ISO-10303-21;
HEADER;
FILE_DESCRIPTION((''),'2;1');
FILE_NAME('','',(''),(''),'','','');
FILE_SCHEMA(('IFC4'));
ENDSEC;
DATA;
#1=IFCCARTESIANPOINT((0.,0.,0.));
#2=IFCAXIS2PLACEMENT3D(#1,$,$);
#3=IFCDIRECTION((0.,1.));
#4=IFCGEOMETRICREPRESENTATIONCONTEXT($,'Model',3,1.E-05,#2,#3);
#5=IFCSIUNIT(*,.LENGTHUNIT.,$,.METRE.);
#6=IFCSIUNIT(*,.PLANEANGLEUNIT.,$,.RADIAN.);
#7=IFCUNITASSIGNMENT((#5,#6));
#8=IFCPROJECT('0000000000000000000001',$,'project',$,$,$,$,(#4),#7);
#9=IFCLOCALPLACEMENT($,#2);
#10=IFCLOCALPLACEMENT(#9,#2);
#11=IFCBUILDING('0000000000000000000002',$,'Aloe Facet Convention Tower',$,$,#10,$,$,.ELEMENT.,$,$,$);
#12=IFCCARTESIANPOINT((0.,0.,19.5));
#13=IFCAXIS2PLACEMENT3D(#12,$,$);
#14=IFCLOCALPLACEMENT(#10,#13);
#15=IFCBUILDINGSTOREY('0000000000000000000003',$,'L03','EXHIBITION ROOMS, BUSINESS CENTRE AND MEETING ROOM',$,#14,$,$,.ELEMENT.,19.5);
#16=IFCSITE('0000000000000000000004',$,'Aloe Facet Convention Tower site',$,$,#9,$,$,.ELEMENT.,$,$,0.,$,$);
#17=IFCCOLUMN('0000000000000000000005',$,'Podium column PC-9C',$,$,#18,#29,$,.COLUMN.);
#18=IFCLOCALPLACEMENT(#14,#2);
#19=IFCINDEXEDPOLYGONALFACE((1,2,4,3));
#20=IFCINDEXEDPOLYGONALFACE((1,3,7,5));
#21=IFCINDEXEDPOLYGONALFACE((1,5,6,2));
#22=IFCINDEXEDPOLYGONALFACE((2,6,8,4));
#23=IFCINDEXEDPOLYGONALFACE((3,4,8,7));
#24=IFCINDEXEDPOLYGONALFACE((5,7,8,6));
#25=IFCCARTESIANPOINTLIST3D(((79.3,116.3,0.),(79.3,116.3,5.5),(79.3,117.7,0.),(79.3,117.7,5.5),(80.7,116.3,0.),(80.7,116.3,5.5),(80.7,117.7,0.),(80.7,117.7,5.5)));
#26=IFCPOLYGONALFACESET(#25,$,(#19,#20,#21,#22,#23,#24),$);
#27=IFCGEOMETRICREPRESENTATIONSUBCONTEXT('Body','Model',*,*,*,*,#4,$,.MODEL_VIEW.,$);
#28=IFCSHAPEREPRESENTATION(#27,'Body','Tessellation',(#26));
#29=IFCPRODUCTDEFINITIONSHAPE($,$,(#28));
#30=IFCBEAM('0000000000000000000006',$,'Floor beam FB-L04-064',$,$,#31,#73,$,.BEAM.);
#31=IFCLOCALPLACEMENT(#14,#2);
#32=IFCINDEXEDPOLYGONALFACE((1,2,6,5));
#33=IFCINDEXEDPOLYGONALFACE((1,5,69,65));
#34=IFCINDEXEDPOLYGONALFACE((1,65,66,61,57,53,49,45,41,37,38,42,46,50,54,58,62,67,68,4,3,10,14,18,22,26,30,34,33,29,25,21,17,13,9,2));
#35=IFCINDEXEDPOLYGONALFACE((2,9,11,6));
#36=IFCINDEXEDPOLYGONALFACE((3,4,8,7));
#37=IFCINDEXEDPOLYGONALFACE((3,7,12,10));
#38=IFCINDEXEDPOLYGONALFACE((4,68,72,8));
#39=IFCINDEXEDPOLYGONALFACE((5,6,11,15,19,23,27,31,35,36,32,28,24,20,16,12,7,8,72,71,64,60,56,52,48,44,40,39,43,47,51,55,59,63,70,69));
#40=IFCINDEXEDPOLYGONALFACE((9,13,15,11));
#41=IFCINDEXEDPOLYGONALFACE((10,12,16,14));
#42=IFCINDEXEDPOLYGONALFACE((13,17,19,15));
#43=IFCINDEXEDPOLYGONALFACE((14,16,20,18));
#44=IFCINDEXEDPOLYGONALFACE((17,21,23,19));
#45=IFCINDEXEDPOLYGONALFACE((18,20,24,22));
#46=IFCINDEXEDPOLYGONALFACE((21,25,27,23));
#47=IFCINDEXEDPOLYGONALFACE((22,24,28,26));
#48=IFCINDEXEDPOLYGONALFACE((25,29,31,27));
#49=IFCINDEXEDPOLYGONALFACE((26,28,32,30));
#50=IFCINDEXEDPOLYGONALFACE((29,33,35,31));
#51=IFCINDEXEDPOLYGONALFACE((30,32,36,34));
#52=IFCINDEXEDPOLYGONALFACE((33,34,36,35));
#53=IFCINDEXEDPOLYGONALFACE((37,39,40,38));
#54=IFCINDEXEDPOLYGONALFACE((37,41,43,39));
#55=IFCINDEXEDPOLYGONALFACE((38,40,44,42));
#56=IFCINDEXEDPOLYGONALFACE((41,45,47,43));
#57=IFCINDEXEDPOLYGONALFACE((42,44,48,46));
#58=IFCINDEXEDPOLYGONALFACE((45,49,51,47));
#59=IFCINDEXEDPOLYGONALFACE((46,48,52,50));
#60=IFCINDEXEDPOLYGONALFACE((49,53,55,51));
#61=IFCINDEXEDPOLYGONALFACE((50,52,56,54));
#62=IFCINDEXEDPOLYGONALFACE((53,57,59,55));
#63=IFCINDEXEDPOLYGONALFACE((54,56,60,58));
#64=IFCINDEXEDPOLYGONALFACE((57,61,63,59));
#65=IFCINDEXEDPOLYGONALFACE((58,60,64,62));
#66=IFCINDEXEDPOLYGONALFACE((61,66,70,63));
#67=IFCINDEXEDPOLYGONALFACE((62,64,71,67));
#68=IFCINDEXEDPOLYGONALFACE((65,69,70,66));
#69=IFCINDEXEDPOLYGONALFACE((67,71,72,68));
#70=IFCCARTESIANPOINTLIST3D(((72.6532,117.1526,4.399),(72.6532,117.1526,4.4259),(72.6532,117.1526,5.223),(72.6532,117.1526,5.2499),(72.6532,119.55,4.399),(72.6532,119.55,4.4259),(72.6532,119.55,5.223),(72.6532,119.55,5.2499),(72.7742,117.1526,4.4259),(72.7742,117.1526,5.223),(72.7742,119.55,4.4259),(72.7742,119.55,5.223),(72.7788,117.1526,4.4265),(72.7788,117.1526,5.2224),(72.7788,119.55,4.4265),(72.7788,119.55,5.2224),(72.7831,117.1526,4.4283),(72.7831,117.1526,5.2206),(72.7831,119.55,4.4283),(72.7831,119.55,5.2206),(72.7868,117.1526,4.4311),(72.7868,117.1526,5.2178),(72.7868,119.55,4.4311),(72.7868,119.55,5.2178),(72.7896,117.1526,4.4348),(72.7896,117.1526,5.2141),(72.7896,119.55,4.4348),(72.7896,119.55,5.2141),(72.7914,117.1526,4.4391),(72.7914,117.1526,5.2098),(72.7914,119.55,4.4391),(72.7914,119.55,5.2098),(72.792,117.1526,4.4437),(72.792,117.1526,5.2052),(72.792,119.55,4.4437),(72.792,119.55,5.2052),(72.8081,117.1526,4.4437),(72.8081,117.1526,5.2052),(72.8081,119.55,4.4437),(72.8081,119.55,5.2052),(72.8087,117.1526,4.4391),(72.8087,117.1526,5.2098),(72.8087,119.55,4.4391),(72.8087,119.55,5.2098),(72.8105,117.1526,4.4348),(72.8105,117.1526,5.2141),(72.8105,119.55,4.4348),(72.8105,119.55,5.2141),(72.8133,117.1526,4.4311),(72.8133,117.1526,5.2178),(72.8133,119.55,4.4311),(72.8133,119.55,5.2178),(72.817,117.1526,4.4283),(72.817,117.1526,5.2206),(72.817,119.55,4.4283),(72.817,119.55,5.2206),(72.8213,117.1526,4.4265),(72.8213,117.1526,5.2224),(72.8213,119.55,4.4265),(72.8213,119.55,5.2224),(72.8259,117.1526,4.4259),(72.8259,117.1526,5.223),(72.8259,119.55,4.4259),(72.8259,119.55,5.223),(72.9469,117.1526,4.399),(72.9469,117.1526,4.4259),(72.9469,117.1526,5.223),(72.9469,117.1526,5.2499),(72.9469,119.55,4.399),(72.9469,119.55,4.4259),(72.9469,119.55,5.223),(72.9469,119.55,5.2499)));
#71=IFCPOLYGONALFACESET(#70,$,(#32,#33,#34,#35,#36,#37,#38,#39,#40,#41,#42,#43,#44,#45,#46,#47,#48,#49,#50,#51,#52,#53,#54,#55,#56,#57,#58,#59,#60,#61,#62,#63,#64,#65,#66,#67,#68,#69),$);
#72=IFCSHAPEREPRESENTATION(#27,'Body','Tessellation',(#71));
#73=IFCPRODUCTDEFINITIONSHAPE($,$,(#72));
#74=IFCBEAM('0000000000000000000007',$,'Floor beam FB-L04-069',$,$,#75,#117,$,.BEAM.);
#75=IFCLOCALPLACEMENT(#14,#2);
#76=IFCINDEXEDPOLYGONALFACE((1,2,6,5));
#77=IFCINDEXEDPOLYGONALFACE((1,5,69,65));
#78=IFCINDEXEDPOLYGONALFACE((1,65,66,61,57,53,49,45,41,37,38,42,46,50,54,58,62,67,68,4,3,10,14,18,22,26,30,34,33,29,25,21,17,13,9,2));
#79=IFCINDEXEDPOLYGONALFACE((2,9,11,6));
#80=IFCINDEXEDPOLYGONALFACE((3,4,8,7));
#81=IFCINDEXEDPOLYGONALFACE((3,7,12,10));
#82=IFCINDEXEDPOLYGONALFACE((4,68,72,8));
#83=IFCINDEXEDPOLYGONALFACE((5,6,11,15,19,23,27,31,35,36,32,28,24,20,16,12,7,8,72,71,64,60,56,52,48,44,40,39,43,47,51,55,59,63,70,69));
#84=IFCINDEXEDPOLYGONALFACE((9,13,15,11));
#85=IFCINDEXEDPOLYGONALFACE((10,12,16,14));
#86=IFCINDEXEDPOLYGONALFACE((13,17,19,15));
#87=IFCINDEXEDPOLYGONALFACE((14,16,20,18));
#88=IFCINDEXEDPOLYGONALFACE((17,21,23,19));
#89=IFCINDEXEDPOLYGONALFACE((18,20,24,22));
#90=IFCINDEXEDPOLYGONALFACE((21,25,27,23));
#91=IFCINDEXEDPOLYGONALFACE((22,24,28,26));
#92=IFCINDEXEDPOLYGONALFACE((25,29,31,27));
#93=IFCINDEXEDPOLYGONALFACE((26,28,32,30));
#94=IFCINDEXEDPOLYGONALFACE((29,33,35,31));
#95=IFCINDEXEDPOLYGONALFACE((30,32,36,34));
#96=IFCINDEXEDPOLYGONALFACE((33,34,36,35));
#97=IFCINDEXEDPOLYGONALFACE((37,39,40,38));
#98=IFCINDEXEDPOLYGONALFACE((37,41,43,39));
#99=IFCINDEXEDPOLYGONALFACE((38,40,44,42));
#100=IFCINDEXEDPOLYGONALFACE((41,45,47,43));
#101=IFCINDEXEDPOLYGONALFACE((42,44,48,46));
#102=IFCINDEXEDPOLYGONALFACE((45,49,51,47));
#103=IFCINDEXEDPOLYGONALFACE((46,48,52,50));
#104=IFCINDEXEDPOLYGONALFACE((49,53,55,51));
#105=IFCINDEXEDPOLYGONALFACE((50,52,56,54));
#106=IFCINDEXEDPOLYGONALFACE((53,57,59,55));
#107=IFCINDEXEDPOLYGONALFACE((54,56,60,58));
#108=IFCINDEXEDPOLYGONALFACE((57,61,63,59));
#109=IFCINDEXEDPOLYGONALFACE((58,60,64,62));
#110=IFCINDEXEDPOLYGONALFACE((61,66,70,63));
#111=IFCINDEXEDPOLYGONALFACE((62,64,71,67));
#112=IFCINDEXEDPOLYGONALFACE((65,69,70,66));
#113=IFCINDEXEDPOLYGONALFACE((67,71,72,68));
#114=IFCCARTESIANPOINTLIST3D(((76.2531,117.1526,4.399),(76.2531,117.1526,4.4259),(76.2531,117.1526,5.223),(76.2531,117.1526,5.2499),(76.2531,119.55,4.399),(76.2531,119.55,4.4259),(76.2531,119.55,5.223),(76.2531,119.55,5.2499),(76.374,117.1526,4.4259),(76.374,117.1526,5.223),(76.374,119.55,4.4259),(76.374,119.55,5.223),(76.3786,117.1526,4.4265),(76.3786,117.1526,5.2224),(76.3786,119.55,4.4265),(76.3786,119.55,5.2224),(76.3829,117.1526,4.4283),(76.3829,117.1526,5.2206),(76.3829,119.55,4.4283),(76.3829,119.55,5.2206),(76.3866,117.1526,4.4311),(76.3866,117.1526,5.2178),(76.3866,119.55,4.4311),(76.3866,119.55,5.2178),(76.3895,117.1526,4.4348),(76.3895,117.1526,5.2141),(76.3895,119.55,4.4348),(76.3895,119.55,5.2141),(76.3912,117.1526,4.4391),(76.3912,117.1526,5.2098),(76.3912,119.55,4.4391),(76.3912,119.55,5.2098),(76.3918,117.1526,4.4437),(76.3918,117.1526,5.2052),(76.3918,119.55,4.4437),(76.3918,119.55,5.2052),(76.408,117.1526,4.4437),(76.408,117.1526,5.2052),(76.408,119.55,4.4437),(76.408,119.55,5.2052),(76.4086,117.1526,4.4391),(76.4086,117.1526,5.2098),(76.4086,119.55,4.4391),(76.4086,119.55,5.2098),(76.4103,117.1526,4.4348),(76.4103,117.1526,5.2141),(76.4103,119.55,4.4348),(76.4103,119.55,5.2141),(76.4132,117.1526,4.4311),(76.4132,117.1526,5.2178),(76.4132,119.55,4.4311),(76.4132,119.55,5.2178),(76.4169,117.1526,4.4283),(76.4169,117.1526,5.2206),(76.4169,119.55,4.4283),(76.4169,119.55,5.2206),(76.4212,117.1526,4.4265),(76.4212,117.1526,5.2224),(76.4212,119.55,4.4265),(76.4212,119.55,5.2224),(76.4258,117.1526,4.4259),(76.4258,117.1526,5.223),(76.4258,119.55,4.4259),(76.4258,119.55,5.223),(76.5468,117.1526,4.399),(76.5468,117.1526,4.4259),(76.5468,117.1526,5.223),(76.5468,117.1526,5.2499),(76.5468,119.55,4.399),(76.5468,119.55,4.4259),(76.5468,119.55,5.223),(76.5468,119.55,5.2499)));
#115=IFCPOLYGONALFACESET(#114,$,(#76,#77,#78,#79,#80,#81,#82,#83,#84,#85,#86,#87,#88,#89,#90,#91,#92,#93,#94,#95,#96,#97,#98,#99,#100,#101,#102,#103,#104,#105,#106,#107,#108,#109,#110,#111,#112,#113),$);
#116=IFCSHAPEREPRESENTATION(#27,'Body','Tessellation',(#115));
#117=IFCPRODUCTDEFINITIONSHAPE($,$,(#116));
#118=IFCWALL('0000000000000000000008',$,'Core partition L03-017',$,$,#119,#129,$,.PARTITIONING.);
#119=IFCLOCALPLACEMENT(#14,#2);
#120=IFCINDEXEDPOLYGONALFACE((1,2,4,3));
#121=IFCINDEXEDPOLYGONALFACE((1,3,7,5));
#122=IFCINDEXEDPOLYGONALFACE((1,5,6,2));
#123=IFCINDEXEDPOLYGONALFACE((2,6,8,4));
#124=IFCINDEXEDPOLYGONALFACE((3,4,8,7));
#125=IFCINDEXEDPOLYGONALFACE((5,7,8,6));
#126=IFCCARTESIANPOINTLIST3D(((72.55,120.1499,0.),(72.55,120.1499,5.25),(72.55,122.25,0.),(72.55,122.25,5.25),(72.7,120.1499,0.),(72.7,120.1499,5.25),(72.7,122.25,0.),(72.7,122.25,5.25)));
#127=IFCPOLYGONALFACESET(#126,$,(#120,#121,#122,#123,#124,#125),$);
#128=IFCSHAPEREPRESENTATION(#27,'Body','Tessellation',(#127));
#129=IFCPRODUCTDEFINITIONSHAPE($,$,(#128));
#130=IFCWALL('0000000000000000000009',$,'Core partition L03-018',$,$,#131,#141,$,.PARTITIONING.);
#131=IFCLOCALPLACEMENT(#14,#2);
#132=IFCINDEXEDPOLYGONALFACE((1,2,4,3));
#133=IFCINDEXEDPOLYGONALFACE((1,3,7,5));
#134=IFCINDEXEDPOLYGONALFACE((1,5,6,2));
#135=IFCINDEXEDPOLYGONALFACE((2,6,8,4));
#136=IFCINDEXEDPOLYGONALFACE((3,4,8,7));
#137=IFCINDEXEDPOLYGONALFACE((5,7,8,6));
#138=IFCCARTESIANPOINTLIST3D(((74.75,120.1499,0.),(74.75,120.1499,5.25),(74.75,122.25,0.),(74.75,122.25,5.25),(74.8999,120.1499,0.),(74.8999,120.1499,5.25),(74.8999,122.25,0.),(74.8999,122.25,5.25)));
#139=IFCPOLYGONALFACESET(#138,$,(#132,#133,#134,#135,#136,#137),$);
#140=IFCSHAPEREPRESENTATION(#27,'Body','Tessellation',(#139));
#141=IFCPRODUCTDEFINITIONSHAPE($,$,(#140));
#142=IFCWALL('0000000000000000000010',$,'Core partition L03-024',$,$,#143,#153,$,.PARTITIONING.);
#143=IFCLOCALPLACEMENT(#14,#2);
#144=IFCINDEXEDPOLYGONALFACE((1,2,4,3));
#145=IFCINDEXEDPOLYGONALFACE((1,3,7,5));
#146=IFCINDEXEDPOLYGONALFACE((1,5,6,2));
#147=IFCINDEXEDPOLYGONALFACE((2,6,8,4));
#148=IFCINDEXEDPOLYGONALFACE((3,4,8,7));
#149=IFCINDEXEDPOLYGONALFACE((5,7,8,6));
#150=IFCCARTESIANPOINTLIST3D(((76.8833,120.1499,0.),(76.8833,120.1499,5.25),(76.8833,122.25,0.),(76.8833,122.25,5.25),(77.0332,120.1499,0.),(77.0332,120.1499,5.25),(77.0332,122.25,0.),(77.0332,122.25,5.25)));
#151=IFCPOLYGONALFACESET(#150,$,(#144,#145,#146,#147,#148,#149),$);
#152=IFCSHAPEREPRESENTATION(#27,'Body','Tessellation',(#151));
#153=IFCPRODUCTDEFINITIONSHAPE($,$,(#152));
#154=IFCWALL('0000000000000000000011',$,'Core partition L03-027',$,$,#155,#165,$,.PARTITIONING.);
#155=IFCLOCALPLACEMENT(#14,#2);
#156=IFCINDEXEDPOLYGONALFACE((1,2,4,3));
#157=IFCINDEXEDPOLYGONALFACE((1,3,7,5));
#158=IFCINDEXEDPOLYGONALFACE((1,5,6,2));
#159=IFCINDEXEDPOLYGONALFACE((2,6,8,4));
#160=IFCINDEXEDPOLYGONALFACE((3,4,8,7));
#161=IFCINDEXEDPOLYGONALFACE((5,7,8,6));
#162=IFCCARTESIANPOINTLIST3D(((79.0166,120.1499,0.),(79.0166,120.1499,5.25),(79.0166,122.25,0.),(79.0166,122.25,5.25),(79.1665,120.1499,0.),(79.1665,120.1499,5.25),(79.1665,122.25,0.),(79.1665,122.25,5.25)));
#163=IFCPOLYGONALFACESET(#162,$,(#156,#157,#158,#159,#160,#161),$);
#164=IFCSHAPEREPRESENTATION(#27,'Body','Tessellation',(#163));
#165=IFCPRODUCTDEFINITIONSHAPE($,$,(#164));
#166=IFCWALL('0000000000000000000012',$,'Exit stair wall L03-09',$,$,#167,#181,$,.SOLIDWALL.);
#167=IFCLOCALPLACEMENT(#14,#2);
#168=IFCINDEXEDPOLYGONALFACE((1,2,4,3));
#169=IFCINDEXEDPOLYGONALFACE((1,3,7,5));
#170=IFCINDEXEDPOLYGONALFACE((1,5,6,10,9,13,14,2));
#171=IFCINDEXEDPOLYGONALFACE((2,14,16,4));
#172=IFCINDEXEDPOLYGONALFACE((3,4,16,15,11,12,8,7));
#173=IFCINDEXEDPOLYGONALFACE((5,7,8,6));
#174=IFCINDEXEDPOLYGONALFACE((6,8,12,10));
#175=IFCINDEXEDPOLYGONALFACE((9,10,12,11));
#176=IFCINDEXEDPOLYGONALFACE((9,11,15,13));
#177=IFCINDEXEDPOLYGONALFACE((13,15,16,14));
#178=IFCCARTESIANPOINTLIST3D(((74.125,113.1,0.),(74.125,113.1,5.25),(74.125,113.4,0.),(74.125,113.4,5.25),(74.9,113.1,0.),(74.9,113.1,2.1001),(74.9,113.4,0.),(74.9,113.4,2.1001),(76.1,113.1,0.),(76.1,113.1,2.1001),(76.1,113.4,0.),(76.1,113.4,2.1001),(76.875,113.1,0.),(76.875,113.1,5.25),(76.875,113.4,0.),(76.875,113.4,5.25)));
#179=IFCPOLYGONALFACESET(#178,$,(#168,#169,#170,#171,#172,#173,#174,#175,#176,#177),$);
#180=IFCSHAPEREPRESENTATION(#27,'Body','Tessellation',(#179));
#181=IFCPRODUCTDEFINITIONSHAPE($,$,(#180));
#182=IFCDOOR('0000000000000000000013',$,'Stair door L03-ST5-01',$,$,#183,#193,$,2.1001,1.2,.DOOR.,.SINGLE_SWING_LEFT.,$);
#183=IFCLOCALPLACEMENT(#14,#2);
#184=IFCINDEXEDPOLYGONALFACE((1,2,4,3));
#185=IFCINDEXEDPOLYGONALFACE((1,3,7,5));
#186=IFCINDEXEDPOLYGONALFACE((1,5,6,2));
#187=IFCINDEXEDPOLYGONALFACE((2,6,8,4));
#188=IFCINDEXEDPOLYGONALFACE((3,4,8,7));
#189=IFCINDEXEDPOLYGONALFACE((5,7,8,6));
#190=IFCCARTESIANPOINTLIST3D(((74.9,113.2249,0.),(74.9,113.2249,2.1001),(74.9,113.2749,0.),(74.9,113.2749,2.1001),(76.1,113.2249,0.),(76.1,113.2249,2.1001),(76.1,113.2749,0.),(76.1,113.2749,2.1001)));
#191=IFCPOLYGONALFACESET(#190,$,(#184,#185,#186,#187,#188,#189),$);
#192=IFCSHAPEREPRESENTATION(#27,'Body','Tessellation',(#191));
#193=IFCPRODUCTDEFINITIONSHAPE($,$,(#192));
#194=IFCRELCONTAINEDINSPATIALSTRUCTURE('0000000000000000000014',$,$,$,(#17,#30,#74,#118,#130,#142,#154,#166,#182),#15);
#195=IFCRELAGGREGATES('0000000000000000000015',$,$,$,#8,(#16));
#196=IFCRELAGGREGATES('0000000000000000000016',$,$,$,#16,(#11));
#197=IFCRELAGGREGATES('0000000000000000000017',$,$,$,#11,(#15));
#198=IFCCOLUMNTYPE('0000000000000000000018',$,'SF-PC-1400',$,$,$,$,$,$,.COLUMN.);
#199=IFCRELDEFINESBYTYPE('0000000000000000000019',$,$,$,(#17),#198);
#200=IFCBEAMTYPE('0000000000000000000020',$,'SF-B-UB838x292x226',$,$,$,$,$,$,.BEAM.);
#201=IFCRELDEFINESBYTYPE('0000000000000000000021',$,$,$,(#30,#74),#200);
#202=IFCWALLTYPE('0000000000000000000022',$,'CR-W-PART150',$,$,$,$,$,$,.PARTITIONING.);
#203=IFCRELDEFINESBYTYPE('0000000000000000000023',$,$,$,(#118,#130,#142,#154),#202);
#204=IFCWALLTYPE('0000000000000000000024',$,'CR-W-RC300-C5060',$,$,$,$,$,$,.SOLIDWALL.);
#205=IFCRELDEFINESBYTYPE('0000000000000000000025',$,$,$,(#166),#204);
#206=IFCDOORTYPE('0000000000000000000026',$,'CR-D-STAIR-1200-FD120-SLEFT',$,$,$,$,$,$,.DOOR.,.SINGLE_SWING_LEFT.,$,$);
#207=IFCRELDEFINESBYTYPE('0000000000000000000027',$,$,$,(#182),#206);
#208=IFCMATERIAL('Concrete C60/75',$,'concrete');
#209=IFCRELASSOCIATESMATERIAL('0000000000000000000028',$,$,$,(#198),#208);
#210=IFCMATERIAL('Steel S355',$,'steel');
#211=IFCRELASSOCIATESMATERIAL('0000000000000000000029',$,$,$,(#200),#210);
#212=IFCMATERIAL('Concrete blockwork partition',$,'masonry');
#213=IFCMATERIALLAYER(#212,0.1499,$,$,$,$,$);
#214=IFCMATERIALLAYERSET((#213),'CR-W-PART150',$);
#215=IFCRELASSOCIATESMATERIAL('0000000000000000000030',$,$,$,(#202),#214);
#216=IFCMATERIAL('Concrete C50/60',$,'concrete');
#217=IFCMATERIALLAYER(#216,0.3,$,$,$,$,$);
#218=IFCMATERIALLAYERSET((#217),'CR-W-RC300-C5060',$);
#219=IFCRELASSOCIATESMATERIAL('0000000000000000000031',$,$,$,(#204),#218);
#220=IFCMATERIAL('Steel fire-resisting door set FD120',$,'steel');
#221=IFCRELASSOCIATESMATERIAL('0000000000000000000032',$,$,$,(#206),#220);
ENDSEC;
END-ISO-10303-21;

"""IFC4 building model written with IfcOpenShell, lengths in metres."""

from ifc_helpers import new_model, si_unit, direction, frame, frame_2d, origin, origin_2d, place, context, subcontext, project, spatial, rectangle, i_section, extrude, material, layer, layer_set, material_profile, profile_set, type_object, element, fill, save


model = new_model("IFC4")

# Units and contexts
model_context = context("Model", 3, precision=1e-05, world=origin(), true_north=direction((0.0, 1.0)))
body_context = subcontext(model_context, "Body", "Model", "MODEL_VIEW")
ifc_project = project(units=[si_unit("LENGTHUNIT", "METRE"), si_unit("PLANEANGLEUNIT", "RADIAN")], contexts=[model_context])

# Site, building, storey
site_placement = place(None, origin())
site = spatial("IfcSite", under=ifc_project, at=site_placement, Name="Aloe Facet Convention Tower site", CompositionType="ELEMENT", RefElevation=0.0)
building_placement = place(site_placement, origin())
building = spatial("IfcBuilding", under=site, at=building_placement, Name="Aloe Facet Convention Tower", CompositionType="ELEMENT")
storey_placement = place(building_placement, frame((0.0, 0.0, 19.5)))
storey = spatial("IfcBuildingStorey", under=building, at=storey_placement, Name="L03", Description="EXHIBITION ROOMS, BUSINESS CENTRE AND MEETING ROOM", CompositionType="ELEMENT", Elevation=19.5)

# Column
ifc_material_1 = material(Name="Concrete C60/75", Category="concrete")
ifc_material_profile_1 = material_profile(ifc_material_1, rectangle(XDim=1.3999, YDim=1.3999, at=origin_2d()), Name="SF-PC-1400")
ifc_profile_set_1 = profile_set([ifc_material_profile_1], Name="Concrete C60/75")
column_type = type_object("IfcColumnType", Name="SF-PC-1400", PredefinedType="COLUMN", material=ifc_profile_set_1)
column_placement = place(storey_placement, frame((80.0, 117.0, 0.0), z_axis=(0.0, 0.0, 1.0), x_axis=(1.0, 0.0, 0.0)))
element("IfcColumn", 1, at=column_placement, inside=storey, type_object=column_type, Name="Podium column PC-9C", PredefinedType="COLUMN", context=body_context, shape_type="SweptSolid", body=[
    extrude(rectangle(XDim=1.3999, YDim=1.3999, at=origin_2d()), origin(), (0.0, 0.0, 1.0), 5.5),
])

# Beams
ifc_material_2 = material(Name="Steel S355", Category="steel")
ifc_material_profile_2 = material_profile(ifc_material_2, i_section(OverallWidth=0.2937, OverallDepth=0.8508, WebThickness=0.0161, FlangeThickness=0.0269, FilletRadius=0.0178, at=origin_2d()), Name="UB 838x292x226")
ifc_profile_set_2 = profile_set([ifc_material_profile_2], Name="Steel S355")
beam_type = type_object("IfcBeamType", Name="SF-B-UB838x292x226", PredefinedType="BEAM", material=ifc_profile_set_2)
for number, where, z_axis, x_axis, name in (
    (2, (72.8, 117.1526, 4.8245), (0.0, 1.0, 0.0), (-1.0, 0.0, 0.0), "Floor beam FB-L04-064"),
    (3, (76.3999, 117.1526, 4.8245), (0.0, 1.0, 0.0), (-1.0, 0.0, 0.0), "Floor beam FB-L04-069"),
):
    element("IfcBeam", number, at=place(storey_placement, frame(where, z_axis=z_axis, x_axis=x_axis)), inside=storey, type_object=beam_type, Name=name, PredefinedType="BEAM", context=body_context, shape_type="SweptSolid", body=[
        extrude(i_section(OverallWidth=0.2937, OverallDepth=0.8508, WebThickness=0.0161, FlangeThickness=0.0269, FilletRadius=0.0178, at=origin_2d()), origin(), (0.0, 0.0, 1.0), 2.3975),
    ])

# Walls
ifc_material_3 = material(Name="Concrete blockwork partition", Category="masonry")
ifc_layer_1 = layer(ifc_material_3, 0.1499)
ifc_layer_set_1 = layer_set([ifc_layer_1], Name="CR-W-PART150")
wall_type_1 = type_object("IfcWallType", Name="CR-W-PART150", PredefinedType="PARTITIONING", material=ifc_layer_set_1)
for number, where, z_axis, x_axis, name in (
    (4, (72.625, 122.25, 0.0), (0.0, 0.0, 1.0), (0.0, -1.0, 0.0), "Core partition L03-017"),
    (5, (74.825, 122.25, 0.0), (0.0, 0.0, 1.0), (0.0, -1.0, 0.0), "Core partition L03-018"),
    (6, (76.9583, 122.25, 0.0), (0.0, 0.0, 1.0), (0.0, -1.0, 0.0), "Core partition L03-024"),
    (7, (79.0916, 122.25, 0.0), (0.0, 0.0, 1.0), (0.0, -1.0, 0.0), "Core partition L03-027"),
):
    element("IfcWall", number, at=place(storey_placement, frame(where, z_axis=z_axis, x_axis=x_axis)), inside=storey, type_object=wall_type_1, Name=name, PredefinedType="PARTITIONING", context=body_context, shape_type="SweptSolid", body=[
        extrude(rectangle(XDim=2.1001, YDim=0.1499, at=frame_2d((1.05, 0.0))), origin(), (0.0, 0.0, 1.0), 5.25),
    ])

# Wall, opening, door
ifc_material_4 = material(Name="Concrete C50/60", Category="concrete")
ifc_layer_2 = layer(ifc_material_4, 0.3)
ifc_layer_set_2 = layer_set([ifc_layer_2], Name="CR-W-RC300-C5060")
wall_type_2 = type_object("IfcWallType", Name="CR-W-RC300-C5060", PredefinedType="SOLIDWALL", material=ifc_layer_set_2)
wall_1_placement = place(storey_placement, frame((74.125, 113.25, 0.0), z_axis=(0.0, 0.0, 1.0), x_axis=(1.0, 0.0, 0.0)))
wall_1 = element("IfcWall", 8, at=wall_1_placement, inside=storey, type_object=wall_type_2, Name="Exit stair wall L03-09", PredefinedType="SOLIDWALL", context=body_context, shape_type="SweptSolid", body=[
    extrude(rectangle(XDim=2.75, YDim=0.3, at=frame_2d((1.375, 0.0))), origin(), (0.0, 0.0, 1.0), 5.25),
])
opening_1_placement = place(wall_1_placement, frame((0.7749, 0.0, 0.0)))
opening_1 = element("IfcOpeningElement", 9, at=opening_1_placement, cuts=wall_1, PredefinedType="OPENING", context=body_context, shape_type="SweptSolid", body=[
    extrude(rectangle(XDim=1.2, YDim=2.1001, at=frame_2d((0.6001, 1.05))), frame((0.0, 0.1602, 0.0), z_axis=(0.0, -1.0, 0.0), x_axis=(1.0, 0.0, 0.0)), (0.0, 0.0, 1.0), 0.3201),
])
ifc_material_5 = material(Name="Steel fire-resisting door set FD120", Category="steel")
door_type_1 = type_object("IfcDoorType", Name="CR-D-STAIR-1200-FD120-SLEFT", OperationType="SINGLE_SWING_LEFT", PredefinedType="DOOR", material=ifc_material_5)
door_1_placement = place(opening_1_placement, origin())
door_1 = element("IfcDoor", 10, at=door_1_placement, inside=storey, type_object=door_type_1, Name="Stair door L03-ST5-01", OperationType="SINGLE_SWING_LEFT", OverallHeight=2.1001, OverallWidth=1.2, PredefinedType="DOOR", context=body_context, shape_type="SweptSolid", body=[
    extrude(rectangle(XDim=1.2, YDim=2.1001, at=frame_2d((0.6001, 1.05))), frame((0.0, 0.0249, 0.0), z_axis=(0.0, -1.0, 0.0), x_axis=(1.0, 0.0, 0.0)), (0.0, 0.0, 1.0), 0.05),
])
fill(opening_1, door_1)

save(model, "model.ifc")
